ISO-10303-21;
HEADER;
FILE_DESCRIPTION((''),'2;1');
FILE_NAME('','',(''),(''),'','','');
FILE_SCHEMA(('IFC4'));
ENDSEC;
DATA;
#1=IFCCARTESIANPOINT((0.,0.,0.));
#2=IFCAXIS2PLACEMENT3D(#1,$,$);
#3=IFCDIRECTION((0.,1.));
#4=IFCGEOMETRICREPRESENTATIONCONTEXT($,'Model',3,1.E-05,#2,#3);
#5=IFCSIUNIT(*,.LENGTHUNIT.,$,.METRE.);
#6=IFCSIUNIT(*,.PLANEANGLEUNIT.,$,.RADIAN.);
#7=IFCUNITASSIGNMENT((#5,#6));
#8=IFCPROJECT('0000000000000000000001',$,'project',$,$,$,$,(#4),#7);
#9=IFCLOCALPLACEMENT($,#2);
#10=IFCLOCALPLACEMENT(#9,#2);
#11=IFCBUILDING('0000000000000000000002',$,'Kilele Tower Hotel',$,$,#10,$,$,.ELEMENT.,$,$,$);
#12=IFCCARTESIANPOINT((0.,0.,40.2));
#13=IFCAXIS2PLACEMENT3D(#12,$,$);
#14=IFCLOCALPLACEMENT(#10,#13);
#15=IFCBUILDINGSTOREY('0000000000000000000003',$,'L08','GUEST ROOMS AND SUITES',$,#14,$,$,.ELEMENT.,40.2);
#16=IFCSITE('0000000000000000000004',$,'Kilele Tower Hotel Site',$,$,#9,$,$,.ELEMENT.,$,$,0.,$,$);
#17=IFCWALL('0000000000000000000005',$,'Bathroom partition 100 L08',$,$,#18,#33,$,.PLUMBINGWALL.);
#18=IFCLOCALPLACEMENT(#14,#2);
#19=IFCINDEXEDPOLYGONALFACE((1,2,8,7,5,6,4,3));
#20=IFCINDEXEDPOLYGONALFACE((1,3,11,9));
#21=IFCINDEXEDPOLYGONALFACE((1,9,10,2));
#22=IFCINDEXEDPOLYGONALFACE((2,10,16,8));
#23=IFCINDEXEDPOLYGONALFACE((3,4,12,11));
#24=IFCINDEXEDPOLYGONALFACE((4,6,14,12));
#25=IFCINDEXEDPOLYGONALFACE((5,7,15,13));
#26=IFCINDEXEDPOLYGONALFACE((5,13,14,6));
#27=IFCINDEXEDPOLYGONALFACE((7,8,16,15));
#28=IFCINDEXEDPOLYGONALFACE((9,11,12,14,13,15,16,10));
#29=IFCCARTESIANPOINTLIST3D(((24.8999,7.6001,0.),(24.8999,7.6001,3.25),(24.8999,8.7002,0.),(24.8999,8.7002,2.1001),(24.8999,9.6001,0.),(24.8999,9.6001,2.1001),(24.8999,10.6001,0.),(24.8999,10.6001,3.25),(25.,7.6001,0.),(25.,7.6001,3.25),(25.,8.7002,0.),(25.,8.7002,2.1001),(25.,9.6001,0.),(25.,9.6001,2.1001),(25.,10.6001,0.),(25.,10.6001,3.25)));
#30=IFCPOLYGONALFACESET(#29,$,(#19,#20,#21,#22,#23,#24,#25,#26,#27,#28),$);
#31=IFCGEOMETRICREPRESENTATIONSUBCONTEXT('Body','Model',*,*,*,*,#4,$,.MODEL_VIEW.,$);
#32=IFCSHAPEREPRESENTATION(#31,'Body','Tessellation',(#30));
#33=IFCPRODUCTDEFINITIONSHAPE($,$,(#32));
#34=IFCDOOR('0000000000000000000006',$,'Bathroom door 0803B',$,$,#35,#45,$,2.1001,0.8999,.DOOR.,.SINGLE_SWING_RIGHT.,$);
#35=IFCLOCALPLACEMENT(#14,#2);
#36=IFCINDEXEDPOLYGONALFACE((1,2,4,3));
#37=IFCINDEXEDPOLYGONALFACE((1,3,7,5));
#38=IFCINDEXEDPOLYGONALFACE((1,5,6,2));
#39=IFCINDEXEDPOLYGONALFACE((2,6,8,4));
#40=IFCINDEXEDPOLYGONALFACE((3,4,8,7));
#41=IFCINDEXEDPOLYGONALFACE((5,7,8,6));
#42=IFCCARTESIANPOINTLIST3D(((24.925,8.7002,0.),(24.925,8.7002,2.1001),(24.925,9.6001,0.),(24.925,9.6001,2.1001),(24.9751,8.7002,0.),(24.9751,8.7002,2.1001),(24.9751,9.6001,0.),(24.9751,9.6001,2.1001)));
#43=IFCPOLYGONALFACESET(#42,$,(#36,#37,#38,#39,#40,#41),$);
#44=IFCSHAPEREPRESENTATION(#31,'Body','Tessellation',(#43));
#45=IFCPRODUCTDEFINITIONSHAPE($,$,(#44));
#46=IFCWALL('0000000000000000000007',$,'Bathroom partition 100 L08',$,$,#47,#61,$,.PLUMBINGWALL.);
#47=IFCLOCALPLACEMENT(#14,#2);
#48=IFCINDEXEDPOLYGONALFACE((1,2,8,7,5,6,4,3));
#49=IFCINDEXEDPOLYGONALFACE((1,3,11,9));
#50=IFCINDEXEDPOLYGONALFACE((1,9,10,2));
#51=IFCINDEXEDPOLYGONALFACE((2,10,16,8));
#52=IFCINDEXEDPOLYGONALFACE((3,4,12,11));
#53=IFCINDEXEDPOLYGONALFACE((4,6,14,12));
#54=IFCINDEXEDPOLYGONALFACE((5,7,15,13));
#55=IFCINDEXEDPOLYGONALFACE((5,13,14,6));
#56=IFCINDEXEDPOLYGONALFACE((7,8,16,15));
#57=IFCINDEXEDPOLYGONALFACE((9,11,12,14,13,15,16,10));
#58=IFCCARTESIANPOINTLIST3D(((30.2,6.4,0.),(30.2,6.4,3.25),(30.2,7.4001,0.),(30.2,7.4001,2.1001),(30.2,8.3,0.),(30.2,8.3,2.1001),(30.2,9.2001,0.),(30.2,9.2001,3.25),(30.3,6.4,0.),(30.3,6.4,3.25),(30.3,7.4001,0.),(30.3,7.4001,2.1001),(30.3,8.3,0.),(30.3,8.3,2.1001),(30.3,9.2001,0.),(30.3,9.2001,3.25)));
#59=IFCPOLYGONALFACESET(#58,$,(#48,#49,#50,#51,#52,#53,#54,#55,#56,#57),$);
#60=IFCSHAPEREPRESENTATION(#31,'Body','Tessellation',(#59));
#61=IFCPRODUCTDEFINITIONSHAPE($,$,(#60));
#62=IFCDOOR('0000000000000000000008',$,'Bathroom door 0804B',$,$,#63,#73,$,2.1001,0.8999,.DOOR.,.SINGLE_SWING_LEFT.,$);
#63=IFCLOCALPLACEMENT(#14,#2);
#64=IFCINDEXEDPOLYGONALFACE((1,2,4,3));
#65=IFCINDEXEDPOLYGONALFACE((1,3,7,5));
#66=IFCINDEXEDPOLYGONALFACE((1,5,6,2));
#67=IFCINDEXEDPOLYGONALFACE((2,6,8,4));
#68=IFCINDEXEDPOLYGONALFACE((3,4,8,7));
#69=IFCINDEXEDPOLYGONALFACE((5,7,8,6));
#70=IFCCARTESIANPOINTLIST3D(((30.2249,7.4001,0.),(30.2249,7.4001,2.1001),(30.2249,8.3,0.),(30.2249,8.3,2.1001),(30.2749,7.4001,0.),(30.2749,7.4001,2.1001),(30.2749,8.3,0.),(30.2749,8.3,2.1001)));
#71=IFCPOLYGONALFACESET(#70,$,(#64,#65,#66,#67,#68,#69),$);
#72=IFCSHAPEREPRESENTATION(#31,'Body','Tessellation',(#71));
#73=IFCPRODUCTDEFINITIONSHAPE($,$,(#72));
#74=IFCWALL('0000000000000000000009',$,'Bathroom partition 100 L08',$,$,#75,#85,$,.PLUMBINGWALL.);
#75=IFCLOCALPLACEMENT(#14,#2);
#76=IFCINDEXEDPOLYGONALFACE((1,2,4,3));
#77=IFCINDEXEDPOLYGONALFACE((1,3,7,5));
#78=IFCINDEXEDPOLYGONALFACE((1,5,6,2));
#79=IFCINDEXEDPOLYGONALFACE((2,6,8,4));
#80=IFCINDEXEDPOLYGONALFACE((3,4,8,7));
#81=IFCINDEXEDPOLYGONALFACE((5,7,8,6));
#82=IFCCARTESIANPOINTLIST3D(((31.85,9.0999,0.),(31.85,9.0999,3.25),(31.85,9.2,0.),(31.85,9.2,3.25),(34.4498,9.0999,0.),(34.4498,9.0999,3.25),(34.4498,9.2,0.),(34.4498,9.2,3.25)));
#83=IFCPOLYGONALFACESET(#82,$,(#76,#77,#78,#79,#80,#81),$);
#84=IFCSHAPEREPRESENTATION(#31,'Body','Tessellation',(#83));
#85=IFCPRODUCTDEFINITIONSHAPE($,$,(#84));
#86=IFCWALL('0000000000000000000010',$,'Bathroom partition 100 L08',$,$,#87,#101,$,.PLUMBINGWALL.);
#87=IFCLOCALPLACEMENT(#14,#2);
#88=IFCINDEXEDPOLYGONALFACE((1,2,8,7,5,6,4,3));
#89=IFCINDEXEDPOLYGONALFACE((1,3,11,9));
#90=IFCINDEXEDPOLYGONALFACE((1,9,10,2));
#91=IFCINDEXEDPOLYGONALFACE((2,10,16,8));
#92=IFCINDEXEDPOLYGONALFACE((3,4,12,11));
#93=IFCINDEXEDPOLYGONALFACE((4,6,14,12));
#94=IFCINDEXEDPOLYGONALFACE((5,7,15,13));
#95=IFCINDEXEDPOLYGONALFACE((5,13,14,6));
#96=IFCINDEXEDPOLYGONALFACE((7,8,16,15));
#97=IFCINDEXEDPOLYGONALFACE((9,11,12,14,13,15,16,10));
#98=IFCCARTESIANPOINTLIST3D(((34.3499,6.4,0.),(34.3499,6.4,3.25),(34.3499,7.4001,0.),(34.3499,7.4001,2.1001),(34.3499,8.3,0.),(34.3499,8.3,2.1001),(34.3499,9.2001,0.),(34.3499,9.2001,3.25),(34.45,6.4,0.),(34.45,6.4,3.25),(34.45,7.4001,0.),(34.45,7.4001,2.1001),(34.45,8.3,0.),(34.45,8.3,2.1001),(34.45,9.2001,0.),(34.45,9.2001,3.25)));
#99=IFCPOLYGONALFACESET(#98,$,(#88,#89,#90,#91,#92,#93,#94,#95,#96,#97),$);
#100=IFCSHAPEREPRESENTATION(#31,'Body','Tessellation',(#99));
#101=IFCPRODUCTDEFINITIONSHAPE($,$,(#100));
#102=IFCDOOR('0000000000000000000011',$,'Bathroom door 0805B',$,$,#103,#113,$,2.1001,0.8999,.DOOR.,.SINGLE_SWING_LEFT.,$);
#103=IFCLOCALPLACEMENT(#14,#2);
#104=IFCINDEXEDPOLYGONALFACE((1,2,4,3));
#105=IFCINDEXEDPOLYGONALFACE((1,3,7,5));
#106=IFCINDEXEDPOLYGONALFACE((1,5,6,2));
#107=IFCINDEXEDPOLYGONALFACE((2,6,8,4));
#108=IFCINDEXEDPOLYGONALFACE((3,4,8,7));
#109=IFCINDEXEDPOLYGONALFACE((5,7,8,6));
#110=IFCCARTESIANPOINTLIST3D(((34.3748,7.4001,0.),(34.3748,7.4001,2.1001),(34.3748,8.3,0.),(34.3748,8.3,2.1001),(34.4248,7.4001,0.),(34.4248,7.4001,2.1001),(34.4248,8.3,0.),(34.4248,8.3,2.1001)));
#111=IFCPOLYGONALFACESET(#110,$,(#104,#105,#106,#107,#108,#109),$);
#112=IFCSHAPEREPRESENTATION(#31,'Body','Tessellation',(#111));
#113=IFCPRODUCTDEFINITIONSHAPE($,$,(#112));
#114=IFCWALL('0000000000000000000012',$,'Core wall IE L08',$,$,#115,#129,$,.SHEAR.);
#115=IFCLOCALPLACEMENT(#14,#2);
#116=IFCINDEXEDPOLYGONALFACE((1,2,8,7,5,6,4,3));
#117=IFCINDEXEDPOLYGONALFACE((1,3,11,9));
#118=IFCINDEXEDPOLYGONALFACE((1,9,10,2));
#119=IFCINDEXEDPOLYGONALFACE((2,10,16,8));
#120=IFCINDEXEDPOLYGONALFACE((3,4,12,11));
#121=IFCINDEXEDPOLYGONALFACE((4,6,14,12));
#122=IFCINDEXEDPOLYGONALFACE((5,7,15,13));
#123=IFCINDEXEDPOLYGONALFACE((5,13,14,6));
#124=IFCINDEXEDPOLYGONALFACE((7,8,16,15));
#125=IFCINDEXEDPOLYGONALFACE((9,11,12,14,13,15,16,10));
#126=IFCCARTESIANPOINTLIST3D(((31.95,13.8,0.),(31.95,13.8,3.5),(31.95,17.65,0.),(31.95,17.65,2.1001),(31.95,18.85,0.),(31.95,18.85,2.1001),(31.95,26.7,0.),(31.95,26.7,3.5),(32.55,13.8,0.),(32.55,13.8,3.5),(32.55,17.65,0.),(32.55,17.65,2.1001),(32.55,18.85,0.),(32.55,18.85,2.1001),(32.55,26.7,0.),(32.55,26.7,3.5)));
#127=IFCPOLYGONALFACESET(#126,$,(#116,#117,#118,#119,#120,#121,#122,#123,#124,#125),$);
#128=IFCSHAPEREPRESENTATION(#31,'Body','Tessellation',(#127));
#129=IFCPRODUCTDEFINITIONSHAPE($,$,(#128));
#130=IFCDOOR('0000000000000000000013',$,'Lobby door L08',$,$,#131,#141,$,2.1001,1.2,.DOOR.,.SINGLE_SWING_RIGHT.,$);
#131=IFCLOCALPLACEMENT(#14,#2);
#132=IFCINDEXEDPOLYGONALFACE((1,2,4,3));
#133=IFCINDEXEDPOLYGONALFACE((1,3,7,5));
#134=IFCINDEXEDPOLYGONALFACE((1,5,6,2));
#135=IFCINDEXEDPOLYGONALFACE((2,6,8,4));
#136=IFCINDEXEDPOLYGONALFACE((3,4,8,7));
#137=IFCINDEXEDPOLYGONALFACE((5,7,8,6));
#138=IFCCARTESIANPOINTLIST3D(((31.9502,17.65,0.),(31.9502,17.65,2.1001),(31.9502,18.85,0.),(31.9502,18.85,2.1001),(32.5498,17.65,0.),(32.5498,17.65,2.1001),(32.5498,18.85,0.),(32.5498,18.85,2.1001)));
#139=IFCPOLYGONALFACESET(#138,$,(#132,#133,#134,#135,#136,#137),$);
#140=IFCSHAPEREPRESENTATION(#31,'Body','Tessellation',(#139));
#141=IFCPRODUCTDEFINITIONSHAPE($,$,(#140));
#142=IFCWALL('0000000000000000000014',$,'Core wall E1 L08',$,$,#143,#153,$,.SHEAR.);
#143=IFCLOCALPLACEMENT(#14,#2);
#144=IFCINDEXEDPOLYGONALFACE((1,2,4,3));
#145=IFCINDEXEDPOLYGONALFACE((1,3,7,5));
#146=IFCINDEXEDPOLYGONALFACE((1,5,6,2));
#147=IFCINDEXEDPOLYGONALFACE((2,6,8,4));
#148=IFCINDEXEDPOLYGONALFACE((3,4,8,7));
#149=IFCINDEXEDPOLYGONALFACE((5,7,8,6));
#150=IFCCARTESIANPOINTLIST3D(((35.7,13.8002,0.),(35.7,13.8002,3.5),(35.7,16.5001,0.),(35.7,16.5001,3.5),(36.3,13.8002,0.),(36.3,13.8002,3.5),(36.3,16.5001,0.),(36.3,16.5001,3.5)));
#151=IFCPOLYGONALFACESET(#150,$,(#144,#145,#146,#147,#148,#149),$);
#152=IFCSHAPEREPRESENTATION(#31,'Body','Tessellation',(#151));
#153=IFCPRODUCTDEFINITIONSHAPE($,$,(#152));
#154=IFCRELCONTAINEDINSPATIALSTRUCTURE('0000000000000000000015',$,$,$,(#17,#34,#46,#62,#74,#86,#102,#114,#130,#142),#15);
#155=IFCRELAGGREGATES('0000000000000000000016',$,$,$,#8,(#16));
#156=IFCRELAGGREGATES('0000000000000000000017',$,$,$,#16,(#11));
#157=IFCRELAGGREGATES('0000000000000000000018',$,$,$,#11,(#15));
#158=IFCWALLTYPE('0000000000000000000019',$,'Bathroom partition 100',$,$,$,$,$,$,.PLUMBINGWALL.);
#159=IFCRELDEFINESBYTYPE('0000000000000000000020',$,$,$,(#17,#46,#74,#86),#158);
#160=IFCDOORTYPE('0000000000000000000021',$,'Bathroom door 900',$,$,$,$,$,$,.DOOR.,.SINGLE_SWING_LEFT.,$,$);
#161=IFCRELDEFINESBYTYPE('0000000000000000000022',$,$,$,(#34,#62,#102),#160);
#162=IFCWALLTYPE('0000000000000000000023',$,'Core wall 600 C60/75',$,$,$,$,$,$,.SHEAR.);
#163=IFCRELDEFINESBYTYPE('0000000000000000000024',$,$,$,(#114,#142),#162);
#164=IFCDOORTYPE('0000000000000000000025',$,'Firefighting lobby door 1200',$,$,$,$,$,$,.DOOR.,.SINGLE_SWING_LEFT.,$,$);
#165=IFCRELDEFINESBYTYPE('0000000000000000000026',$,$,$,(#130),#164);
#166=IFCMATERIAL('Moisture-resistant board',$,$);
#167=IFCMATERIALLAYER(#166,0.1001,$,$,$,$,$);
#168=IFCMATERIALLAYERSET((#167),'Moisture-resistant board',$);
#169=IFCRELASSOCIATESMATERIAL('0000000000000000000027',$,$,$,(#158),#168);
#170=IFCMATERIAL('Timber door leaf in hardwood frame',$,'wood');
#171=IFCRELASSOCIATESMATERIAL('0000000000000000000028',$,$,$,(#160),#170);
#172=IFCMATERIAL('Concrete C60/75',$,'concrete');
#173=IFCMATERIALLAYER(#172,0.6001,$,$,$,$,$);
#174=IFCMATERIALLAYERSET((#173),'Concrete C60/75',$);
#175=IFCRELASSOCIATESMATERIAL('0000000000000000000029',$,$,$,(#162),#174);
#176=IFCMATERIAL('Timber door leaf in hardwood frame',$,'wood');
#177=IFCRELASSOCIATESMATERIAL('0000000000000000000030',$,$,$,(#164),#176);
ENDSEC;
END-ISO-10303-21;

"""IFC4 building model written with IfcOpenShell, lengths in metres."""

from ifc_helpers import new_model, si_unit, direction, frame, frame_2d, origin, place, context, subcontext, project, spatial, rectangle, extrude, material, layer, layer_set, type_object, element, fill, save


model = new_model("IFC4")

# Units and contexts
model_context = context("Model", 3, precision=1e-05, world=origin(), true_north=direction((0.0, 1.0)))
body_context = subcontext(model_context, "Body", "Model", "MODEL_VIEW")
ifc_project = project(units=[si_unit("LENGTHUNIT", "METRE"), si_unit("PLANEANGLEUNIT", "RADIAN")], contexts=[model_context])

# Site, building, storey
site_placement = place(None, origin())
site = spatial("IfcSite", under=ifc_project, at=site_placement, Name="Kilele Tower Hotel Site", CompositionType="ELEMENT", RefElevation=0.0)
building_placement = place(site_placement, origin())
building = spatial("IfcBuilding", under=site, at=building_placement, Name="Kilele Tower Hotel", CompositionType="ELEMENT")
storey_placement = place(building_placement, frame((0.0, 0.0, 40.2)))
storey = spatial("IfcBuildingStorey", under=building, at=storey_placement, Name="L08", Description="GUEST ROOMS AND SUITES", CompositionType="ELEMENT", Elevation=40.2)

# Walls, openings, doors
ifc_material_1 = material(Name="Moisture-resistant board")
ifc_layer_1 = layer(ifc_material_1, 0.1001)
ifc_layer_set_1 = layer_set([ifc_layer_1], Name="Moisture-resistant board")
wall_type_1 = type_object("IfcWallType", Name="Bathroom partition 100", PredefinedType="PLUMBINGWALL", material=ifc_layer_set_1)
wall_1_placement = place(storey_placement, frame((24.95, 10.6001, 0.0), z_axis=(0.0, 0.0, 1.0), x_axis=(0.0, -1.0, 0.0)))
wall_1 = element("IfcWall", 1, at=wall_1_placement, inside=storey, type_object=wall_type_1, Name="Bathroom partition 100 L08", PredefinedType="PLUMBINGWALL", context=body_context, shape_type="SweptSolid", body=[
    extrude(rectangle(XDim=3.0, YDim=0.1001, at=frame_2d((1.5, 0.0))), origin(), (0.0, 0.0, 1.0), 3.25),
])
opening_1_placement = place(wall_1_placement, frame((1.8999, 0.0, 0.0), z_axis=(0.0, 0.0, 1.0), x_axis=(-1.0, 0.0, 0.0)))
opening_1 = element("IfcOpeningElement", 2, at=opening_1_placement, cuts=wall_1, PredefinedType="OPENING", context=body_context, shape_type="SweptSolid", body=[
    extrude(rectangle(XDim=0.8999, YDim=2.1001, at=frame_2d((0.45, 1.05))), frame((0.0, 0.0601, 0.0), z_axis=(0.0, -1.0, 0.0), x_axis=(1.0, 0.0, 0.0)), (0.0, 0.0, 1.0), 0.1201),
])
ifc_material_2 = material(Name="Timber door leaf in hardwood frame", Category="wood")
door_type_1 = type_object("IfcDoorType", Name="Bathroom door 900", OperationType="SINGLE_SWING_LEFT", PredefinedType="DOOR", material=ifc_material_2)
door_1_placement = place(opening_1_placement, origin())
door_1 = element("IfcDoor", 3, at=door_1_placement, inside=storey, type_object=door_type_1, Name="Bathroom door 0803B", OperationType="SINGLE_SWING_RIGHT", OverallHeight=2.1001, OverallWidth=0.8999, PredefinedType="DOOR", context=body_context, shape_type="SweptSolid", body=[
    extrude(rectangle(XDim=0.8999, YDim=2.1001, at=frame_2d((0.45, 1.05))), frame((0.0, 0.0249, 0.0), z_axis=(0.0, -1.0, 0.0), x_axis=(1.0, 0.0, 0.0)), (0.0, 0.0, 1.0), 0.05),
])
fill(opening_1, door_1)
wall_2_placement = place(storey_placement, frame((30.25, 9.2, 0.0), z_axis=(0.0, 0.0, 1.0), x_axis=(0.0, -1.0, 0.0)))
wall_2 = element("IfcWall", 4, at=wall_2_placement, inside=storey, type_object=wall_type_1, Name="Bathroom partition 100 L08", PredefinedType="PLUMBINGWALL", context=body_context, shape_type="SweptSolid", body=[
    extrude(rectangle(XDim=2.8, YDim=0.1001, at=frame_2d((1.3999, 0.0))), origin(), (0.0, 0.0, 1.0), 3.25),
])
opening_2_placement = place(wall_2_placement, frame((0.8999, 0.0, 0.0)))
opening_2 = element("IfcOpeningElement", 5, at=opening_2_placement, cuts=wall_2, PredefinedType="OPENING", context=body_context, shape_type="SweptSolid", body=[
    extrude(rectangle(XDim=0.8999, YDim=2.1001, at=frame_2d((0.45, 1.05))), frame((0.0, 0.0601, 0.0), z_axis=(0.0, -1.0, 0.0), x_axis=(1.0, 0.0, 0.0)), (0.0, 0.0, 1.0), 0.1201),
])
door_2_placement = place(opening_2_placement, origin())
door_2 = element("IfcDoor", 6, at=door_2_placement, inside=storey, type_object=door_type_1, Name="Bathroom door 0804B", OperationType="SINGLE_SWING_LEFT", OverallHeight=2.1001, OverallWidth=0.8999, PredefinedType="DOOR", context=body_context, shape_type="SweptSolid", body=[
    extrude(rectangle(XDim=0.8999, YDim=2.1001, at=frame_2d((0.45, 1.05))), frame((0.0, 0.0249, 0.0), z_axis=(0.0, -1.0, 0.0), x_axis=(1.0, 0.0, 0.0)), (0.0, 0.0, 1.0), 0.05),
])
fill(opening_2, door_2)

# Wall
wall_3_placement = place(storey_placement, frame((31.8501, 9.1499, 0.0), z_axis=(0.0, 0.0, 1.0), x_axis=(1.0, 0.0, 0.0)))
element("IfcWall", 7, at=wall_3_placement, inside=storey, type_object=wall_type_1, Name="Bathroom partition 100 L08", PredefinedType="PLUMBINGWALL", context=body_context, shape_type="SweptSolid", body=[
    extrude(rectangle(XDim=2.5999, YDim=0.1001, at=frame_2d((1.2998, 0.0))), origin(), (0.0, 0.0, 1.0), 3.25),
])

# Walls, openings, doors
wall_4_placement = place(storey_placement, frame((34.3999, 9.2, 0.0), z_axis=(0.0, 0.0, 1.0), x_axis=(0.0, -1.0, 0.0)))
wall_4 = element("IfcWall", 8, at=wall_4_placement, inside=storey, type_object=wall_type_1, Name="Bathroom partition 100 L08", PredefinedType="PLUMBINGWALL", context=body_context, shape_type="SweptSolid", body=[
    extrude(rectangle(XDim=2.8, YDim=0.1001, at=frame_2d((1.3999, 0.0))), origin(), (0.0, 0.0, 1.0), 3.25),
])
opening_3_placement = place(wall_4_placement, frame((0.8999, 0.0, 0.0)))
opening_3 = element("IfcOpeningElement", 9, at=opening_3_placement, cuts=wall_4, PredefinedType="OPENING", context=body_context, shape_type="SweptSolid", body=[
    extrude(rectangle(XDim=0.8999, YDim=2.1001, at=frame_2d((0.45, 1.05))), frame((0.0, 0.0601, 0.0), z_axis=(0.0, -1.0, 0.0), x_axis=(1.0, 0.0, 0.0)), (0.0, 0.0, 1.0), 0.1201),
])
door_3_placement = place(opening_3_placement, origin())
door_3 = element("IfcDoor", 10, at=door_3_placement, inside=storey, type_object=door_type_1, Name="Bathroom door 0805B", OperationType="SINGLE_SWING_LEFT", OverallHeight=2.1001, OverallWidth=0.8999, PredefinedType="DOOR", context=body_context, shape_type="SweptSolid", body=[
    extrude(rectangle(XDim=0.8999, YDim=2.1001, at=frame_2d((0.45, 1.05))), frame((0.0, 0.0249, 0.0), z_axis=(0.0, -1.0, 0.0), x_axis=(1.0, 0.0, 0.0)), (0.0, 0.0, 1.0), 0.05),
])
fill(opening_3, door_3)
ifc_material_3 = material(Name="Concrete C60/75", Category="concrete")
ifc_layer_2 = layer(ifc_material_3, 0.6001)
ifc_layer_set_2 = layer_set([ifc_layer_2], Name="Concrete C60/75")
wall_type_2 = type_object("IfcWallType", Name="Core wall 600 C60/75", PredefinedType="SHEAR", material=ifc_layer_set_2)
wall_5_placement = place(storey_placement, frame((32.25, 13.8, 0.0), z_axis=(0.0, 0.0, 1.0), x_axis=(0.0, 1.0, 0.0)))
wall_5 = element("IfcWall", 11, at=wall_5_placement, inside=storey, type_object=wall_type_2, Name="Core wall IE L08", PredefinedType="SHEAR", context=body_context, shape_type="SweptSolid", body=[
    extrude(rectangle(XDim=12.8999, YDim=0.6001, at=frame_2d((6.45, 0.0))), origin(), (0.0, 0.0, 1.0), 3.5),
])
opening_4_placement = place(wall_5_placement, frame((5.05, 0.0, 0.0), z_axis=(0.0, 0.0, 1.0), x_axis=(-1.0, 0.0, 0.0)))
opening_4 = element("IfcOpeningElement", 12, at=opening_4_placement, cuts=wall_5, PredefinedType="OPENING", context=body_context, shape_type="SweptSolid", body=[
    extrude(rectangle(XDim=1.2, YDim=2.1001, at=frame_2d((0.6001, 1.05))), frame((0.0, 0.3101, 0.0), z_axis=(0.0, -1.0, 0.0), x_axis=(1.0, 0.0, 0.0)), (0.0, 0.0, 1.0), 0.6201),
])
ifc_material_4 = material(Name="Timber door leaf in hardwood frame", Category="wood")
door_type_2 = type_object("IfcDoorType", Name="Firefighting lobby door 1200", OperationType="SINGLE_SWING_LEFT", PredefinedType="DOOR", material=ifc_material_4)
door_4_placement = place(opening_4_placement, origin())
door_4 = element("IfcDoor", 13, at=door_4_placement, inside=storey, type_object=door_type_2, Name="Lobby door L08", OperationType="SINGLE_SWING_RIGHT", OverallHeight=2.1001, OverallWidth=1.2, PredefinedType="DOOR", context=body_context, shape_type="SweptSolid", body=[
    extrude(rectangle(XDim=1.2, YDim=2.1001, at=frame_2d((0.6001, 1.05))), frame((0.0, 0.2998, 0.0), z_axis=(0.0, -1.0, 0.0), x_axis=(1.0, 0.0, 0.0)), (0.0, 0.0, 1.0), 0.5996),
])
fill(opening_4, door_4)

# Wall
wall_6_placement = place(storey_placement, frame((36.0, 13.8, 0.0), z_axis=(0.0, 0.0, 1.0), x_axis=(0.0, 1.0, 0.0)))
element("IfcWall", 14, at=wall_6_placement, inside=storey, type_object=wall_type_2, Name="Core wall E1 L08", PredefinedType="SHEAR", context=body_context, shape_type="SweptSolid", body=[
    extrude(rectangle(XDim=2.7, YDim=0.6001, at=frame_2d((1.3501, 0.0))), origin(), (0.0, 0.0, 1.0), 3.5),
])

save(model, "model.ifc")
